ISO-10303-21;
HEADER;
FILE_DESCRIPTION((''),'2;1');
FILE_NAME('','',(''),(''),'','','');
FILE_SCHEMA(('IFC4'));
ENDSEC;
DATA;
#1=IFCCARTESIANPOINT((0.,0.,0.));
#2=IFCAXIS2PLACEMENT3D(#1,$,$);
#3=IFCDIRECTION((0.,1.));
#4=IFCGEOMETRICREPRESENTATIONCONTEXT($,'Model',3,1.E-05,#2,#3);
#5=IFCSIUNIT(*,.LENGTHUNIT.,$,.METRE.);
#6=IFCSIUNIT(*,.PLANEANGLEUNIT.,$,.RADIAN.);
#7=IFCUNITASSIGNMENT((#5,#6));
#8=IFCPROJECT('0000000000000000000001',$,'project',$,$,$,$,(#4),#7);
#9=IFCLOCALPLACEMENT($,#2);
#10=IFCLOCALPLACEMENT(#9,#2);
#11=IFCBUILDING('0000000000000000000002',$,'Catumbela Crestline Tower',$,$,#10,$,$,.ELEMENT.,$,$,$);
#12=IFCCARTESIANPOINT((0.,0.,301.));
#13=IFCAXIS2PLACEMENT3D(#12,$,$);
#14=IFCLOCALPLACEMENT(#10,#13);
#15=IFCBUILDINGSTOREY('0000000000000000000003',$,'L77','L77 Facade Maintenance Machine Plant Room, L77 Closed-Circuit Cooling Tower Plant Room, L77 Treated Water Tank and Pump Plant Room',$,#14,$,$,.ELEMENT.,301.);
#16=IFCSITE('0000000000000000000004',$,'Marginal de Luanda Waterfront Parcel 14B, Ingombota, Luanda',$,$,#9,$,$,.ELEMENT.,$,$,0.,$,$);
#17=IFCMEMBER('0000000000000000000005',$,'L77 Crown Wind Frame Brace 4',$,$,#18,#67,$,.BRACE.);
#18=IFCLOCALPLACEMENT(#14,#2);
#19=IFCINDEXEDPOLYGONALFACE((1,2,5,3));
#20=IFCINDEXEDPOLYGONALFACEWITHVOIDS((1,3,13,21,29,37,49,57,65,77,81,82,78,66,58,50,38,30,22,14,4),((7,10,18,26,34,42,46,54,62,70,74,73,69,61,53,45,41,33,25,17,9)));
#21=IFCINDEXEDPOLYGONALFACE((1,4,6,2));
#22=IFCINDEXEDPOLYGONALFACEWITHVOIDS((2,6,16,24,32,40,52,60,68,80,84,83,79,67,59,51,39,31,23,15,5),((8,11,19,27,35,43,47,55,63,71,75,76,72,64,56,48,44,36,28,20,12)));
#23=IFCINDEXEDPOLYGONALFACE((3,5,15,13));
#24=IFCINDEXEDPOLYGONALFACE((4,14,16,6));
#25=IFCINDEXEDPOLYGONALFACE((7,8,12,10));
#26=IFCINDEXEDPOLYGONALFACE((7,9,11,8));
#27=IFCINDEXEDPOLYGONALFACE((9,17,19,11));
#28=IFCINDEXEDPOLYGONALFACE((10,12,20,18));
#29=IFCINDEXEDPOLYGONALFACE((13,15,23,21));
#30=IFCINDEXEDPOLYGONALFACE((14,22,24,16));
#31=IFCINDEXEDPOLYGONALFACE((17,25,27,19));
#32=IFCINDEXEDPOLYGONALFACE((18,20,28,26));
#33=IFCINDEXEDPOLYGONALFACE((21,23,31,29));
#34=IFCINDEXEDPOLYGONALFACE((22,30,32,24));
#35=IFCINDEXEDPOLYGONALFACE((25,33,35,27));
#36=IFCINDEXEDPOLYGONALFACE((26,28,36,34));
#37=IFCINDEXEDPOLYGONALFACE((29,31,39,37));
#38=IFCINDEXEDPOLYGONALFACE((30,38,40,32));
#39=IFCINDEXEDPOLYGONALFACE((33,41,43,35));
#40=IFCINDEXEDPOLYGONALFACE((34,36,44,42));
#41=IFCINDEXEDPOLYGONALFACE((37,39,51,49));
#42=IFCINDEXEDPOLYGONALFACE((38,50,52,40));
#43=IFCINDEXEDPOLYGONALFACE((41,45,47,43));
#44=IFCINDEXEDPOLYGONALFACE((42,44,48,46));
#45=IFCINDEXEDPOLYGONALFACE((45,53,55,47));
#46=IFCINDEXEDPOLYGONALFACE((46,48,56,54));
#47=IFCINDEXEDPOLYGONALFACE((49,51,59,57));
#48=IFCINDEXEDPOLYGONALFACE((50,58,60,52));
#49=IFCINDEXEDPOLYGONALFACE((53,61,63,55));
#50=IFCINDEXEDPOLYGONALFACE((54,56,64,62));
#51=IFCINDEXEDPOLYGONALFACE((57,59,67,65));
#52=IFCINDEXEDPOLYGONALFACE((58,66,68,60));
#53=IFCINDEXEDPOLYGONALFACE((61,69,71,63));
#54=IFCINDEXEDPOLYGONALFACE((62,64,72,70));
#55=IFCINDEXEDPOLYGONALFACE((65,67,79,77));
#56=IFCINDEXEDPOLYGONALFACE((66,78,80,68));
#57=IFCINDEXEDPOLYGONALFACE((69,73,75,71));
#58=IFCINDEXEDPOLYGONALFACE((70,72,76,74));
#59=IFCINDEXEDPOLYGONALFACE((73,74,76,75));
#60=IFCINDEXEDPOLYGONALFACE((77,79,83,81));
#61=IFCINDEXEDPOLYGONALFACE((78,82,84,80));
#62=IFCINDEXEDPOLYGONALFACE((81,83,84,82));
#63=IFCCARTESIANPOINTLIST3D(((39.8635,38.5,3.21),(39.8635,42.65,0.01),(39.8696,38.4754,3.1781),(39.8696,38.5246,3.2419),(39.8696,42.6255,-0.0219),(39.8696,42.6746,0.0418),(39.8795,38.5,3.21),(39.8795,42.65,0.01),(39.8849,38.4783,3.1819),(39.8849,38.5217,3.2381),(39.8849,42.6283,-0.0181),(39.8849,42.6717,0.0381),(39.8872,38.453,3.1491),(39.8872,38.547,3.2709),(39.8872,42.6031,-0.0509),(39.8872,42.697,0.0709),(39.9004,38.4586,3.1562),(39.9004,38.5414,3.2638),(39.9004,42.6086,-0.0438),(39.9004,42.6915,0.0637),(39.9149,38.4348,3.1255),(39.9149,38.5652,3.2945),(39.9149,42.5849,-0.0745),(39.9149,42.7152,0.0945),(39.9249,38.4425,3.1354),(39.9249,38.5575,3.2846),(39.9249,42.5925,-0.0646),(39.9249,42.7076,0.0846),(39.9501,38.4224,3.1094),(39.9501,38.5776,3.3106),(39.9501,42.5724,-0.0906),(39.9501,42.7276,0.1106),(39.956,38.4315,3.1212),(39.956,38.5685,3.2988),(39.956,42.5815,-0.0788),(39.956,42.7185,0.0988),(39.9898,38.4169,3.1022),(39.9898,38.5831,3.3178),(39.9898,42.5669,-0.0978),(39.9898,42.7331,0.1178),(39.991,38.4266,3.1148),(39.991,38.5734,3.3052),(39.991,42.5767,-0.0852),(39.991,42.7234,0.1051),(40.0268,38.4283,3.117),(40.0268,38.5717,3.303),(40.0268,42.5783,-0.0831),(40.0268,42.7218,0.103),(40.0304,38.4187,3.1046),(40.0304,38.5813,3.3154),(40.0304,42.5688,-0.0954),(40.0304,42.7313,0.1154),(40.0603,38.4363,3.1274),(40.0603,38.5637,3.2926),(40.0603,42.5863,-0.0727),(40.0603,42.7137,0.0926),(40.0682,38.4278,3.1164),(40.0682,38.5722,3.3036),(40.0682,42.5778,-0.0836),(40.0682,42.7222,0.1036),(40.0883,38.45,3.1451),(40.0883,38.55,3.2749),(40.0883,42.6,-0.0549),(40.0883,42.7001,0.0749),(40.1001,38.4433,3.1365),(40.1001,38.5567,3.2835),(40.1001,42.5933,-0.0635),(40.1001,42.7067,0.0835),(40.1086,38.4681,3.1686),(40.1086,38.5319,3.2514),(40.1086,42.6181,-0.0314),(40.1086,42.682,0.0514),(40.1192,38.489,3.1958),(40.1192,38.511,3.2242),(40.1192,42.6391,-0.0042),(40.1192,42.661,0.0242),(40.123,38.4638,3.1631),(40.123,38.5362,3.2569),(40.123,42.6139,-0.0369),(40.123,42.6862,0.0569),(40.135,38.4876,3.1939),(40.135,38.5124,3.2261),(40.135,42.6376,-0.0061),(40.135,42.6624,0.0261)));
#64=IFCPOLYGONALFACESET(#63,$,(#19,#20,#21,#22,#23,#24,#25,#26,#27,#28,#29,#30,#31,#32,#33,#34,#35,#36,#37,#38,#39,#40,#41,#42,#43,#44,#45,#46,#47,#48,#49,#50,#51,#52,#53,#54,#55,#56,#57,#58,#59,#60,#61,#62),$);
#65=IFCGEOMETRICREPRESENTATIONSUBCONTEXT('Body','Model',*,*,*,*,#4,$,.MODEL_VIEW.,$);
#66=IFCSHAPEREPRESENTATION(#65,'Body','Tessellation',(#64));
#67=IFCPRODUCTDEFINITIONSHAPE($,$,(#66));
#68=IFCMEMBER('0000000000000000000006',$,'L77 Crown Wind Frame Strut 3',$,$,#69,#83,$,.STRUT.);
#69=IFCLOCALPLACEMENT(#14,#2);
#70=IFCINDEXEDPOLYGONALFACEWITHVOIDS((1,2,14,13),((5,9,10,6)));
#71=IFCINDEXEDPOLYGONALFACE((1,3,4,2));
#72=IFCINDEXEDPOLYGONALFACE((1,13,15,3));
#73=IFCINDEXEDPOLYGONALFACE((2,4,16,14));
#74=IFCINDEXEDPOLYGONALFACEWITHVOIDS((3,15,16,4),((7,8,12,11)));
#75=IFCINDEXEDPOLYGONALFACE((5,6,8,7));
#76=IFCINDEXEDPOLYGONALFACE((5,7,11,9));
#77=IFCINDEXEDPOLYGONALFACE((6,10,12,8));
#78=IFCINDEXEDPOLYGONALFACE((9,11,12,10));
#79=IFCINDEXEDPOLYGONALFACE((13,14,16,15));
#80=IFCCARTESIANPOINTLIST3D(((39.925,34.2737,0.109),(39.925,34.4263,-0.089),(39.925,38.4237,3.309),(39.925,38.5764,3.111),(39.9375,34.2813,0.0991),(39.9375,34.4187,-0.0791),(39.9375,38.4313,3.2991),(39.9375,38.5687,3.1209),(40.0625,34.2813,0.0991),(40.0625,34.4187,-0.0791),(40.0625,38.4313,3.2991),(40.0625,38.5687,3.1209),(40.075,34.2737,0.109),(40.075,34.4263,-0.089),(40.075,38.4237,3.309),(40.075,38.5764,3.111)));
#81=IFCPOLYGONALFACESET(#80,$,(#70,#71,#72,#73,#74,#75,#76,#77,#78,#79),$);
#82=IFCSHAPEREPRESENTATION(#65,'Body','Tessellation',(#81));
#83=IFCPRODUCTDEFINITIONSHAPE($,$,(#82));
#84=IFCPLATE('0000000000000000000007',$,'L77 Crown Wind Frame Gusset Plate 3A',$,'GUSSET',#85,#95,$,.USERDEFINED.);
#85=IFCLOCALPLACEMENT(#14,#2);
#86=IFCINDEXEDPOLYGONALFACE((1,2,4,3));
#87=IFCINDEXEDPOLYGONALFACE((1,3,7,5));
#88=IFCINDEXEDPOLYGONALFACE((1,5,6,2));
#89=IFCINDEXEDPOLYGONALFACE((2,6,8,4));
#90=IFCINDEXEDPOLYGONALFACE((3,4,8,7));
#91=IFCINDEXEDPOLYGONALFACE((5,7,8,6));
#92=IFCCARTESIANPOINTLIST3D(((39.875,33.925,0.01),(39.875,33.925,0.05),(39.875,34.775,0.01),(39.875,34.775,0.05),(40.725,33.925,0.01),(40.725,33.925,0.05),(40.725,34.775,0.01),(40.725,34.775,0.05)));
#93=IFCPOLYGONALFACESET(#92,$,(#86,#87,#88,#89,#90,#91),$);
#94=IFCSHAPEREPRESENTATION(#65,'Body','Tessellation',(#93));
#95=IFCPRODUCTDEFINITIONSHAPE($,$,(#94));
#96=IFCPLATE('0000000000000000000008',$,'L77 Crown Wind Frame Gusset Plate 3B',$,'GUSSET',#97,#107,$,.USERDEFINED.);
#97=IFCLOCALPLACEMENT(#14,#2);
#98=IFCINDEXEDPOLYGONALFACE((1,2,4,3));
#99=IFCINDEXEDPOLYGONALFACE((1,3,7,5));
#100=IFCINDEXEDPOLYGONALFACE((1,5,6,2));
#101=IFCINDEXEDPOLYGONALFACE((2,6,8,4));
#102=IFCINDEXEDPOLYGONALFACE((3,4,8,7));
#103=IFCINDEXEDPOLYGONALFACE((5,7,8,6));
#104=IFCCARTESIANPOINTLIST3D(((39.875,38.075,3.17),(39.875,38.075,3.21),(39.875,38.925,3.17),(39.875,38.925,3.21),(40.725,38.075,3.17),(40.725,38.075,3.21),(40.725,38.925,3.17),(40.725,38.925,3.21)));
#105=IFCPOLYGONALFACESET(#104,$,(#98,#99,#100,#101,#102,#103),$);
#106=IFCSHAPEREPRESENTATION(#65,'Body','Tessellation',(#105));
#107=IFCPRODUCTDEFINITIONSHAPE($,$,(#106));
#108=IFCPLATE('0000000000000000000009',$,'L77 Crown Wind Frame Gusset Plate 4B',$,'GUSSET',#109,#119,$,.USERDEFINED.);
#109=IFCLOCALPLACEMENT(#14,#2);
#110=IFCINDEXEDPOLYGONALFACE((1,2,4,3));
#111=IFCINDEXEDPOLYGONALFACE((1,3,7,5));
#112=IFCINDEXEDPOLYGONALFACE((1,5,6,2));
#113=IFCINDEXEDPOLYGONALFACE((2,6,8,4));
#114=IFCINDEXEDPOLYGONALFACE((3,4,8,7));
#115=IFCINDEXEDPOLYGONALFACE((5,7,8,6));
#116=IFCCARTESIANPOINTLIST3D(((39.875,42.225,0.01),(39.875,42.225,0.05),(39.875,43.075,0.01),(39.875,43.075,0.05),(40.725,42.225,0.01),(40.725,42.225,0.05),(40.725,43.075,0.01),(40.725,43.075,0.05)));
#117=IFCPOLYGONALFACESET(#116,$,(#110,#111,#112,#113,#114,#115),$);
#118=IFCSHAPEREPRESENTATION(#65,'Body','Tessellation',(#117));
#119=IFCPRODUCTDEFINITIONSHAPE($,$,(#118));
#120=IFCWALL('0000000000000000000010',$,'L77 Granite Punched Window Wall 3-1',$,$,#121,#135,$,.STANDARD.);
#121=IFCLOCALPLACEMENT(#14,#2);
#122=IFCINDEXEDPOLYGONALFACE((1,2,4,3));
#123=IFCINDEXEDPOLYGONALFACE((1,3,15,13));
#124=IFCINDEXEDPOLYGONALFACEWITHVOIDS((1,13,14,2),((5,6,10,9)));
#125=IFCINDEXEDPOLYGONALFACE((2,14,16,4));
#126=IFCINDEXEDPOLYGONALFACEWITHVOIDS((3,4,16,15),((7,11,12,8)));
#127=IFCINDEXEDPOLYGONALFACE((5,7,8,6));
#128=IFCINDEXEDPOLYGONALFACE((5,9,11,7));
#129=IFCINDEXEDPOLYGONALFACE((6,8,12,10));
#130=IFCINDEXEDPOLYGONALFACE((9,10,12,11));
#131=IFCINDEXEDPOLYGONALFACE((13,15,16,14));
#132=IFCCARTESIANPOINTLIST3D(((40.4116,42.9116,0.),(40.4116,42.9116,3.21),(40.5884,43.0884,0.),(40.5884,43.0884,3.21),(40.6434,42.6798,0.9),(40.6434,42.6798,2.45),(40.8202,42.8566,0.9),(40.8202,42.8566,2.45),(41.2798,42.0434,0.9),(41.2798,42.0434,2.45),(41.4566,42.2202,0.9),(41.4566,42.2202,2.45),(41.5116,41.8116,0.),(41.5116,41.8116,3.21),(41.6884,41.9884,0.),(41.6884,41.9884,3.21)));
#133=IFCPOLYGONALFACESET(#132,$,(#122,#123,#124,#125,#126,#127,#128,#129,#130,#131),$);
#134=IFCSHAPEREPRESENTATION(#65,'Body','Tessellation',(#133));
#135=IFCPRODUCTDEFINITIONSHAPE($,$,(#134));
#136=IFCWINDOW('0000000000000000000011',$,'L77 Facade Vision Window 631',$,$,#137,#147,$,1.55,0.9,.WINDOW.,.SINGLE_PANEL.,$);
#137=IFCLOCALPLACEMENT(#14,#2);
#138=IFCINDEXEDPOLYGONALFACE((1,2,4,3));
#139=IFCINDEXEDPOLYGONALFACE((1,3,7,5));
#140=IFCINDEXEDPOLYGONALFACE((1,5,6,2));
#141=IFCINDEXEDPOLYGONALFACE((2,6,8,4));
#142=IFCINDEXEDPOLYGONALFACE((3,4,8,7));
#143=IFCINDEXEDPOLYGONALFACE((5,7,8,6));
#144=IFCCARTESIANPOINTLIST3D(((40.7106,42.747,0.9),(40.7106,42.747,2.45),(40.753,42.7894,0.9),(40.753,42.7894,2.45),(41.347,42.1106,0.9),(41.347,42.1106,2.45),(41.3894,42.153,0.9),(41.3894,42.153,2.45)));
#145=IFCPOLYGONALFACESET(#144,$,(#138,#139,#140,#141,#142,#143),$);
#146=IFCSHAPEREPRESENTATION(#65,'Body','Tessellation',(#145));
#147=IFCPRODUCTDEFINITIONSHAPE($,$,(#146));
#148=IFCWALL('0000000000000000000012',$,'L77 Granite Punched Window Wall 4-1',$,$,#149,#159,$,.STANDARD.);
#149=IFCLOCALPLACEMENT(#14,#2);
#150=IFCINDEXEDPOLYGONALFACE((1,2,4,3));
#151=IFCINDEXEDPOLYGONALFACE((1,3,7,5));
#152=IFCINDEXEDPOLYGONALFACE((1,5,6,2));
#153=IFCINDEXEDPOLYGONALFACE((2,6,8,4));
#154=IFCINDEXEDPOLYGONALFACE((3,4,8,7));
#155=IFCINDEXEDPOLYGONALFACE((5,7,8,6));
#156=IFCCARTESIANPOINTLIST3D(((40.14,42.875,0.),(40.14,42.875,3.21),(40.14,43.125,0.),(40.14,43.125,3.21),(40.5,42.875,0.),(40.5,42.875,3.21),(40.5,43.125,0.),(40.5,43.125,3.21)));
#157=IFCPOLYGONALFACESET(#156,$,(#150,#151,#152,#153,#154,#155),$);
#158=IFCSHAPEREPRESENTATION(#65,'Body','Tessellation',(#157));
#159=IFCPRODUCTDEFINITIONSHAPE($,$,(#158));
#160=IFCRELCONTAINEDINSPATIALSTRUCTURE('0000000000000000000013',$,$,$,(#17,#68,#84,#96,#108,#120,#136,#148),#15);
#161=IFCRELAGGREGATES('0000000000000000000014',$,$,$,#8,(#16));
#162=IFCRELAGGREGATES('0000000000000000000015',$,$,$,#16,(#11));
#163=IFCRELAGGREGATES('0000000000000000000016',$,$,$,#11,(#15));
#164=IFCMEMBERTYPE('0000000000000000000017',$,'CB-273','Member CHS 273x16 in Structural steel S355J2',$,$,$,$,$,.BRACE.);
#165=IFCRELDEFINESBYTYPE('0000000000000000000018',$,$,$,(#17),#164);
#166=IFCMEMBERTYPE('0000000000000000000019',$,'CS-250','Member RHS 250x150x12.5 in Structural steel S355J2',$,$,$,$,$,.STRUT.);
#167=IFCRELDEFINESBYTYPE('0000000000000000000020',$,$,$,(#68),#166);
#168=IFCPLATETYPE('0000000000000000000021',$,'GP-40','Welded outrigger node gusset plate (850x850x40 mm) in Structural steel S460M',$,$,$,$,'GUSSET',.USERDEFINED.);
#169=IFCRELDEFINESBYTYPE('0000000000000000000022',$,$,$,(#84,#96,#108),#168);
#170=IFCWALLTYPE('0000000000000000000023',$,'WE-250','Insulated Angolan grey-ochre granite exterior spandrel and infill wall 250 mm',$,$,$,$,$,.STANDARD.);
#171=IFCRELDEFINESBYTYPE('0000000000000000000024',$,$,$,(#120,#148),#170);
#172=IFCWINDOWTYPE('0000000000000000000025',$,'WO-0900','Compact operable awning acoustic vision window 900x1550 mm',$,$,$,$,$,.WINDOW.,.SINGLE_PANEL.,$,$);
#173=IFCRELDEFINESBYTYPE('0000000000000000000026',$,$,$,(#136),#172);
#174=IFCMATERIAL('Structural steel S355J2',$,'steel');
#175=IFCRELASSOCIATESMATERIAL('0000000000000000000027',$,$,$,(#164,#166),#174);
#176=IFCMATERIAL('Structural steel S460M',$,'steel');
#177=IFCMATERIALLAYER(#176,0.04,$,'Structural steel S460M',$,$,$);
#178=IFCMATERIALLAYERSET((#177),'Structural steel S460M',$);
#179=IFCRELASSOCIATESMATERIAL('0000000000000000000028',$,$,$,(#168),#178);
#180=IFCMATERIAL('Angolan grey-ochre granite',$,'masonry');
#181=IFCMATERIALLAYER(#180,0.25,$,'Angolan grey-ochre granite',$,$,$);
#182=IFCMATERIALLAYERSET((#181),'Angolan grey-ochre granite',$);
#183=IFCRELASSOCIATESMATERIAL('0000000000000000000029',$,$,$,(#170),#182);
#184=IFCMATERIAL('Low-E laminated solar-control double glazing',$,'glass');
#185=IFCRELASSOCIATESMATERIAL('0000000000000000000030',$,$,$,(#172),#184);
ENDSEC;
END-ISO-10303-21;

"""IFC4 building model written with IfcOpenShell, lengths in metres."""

from ifc_helpers import new_model, si_unit, direction, frame, frame_2d, origin, origin_2d, place, context, subcontext, project, spatial, rectangle, hollow_rectangle, hollow_circle, extrude, material, layer, layer_set, material_profile, profile_set, type_object, element, fill, save


model = new_model("IFC4")

# Units and contexts
model_context = context("Model", 3, precision=1e-05, world=origin(), true_north=direction((0.0, 1.0)))
body_context = subcontext(model_context, "Body", "Model", "MODEL_VIEW")
ifc_project = project(units=[si_unit("LENGTHUNIT", "METRE"), si_unit("PLANEANGLEUNIT", "RADIAN")], contexts=[model_context])

# Site, building, storey
site_placement = place(None, origin())
site = spatial("IfcSite", under=ifc_project, at=site_placement, Name="Marginal de Luanda Waterfront Parcel 14B, Ingombota, Luanda", CompositionType="ELEMENT", RefElevation=0.0)
building_placement = place(site_placement, origin())
building = spatial("IfcBuilding", under=site, at=building_placement, Name="Catumbela Crestline Tower", CompositionType="ELEMENT")
storey_placement = place(building_placement, frame((0.0, 0.0, 301.0)))
storey = spatial("IfcBuildingStorey", under=building, at=storey_placement, Name="L77", Description="L77 Facade Maintenance Machine Plant Room, L77 Closed-Circuit Cooling Tower Plant Room, L77 Treated Water Tank and Pump Plant Room", CompositionType="ELEMENT", Elevation=301.0)

# Members
ifc_material_1 = material(Name="Structural steel S355J2", Category="steel")
ifc_material_profile_1 = material_profile(ifc_material_1, hollow_circle(Radius=0.1365, WallThickness=0.016, at=origin_2d()), Name="CHS 273x16")
ifc_profile_set_1 = profile_set([ifc_material_profile_1], Name="Structural steel S355J2")
member_type_1 = type_object("IfcMemberType", Name="CB-273", Description="Member CHS 273x16 in Structural steel S355J2", PredefinedType="BRACE", material=ifc_profile_set_1)
member_1_placement = place(storey_placement, frame((40.0, 38.5, 3.21), z_axis=(0.0, 0.791914, -0.610633), x_axis=(-1.0, 0.0, 0.0)))
element("IfcMember", 1, at=member_1_placement, inside=storey, type_object=member_type_1, Name="L77 Crown Wind Frame Brace 4", PredefinedType="BRACE", context=body_context, shape_type="SweptSolid", body=[
    extrude(hollow_circle(Radius=0.1365, WallThickness=0.016, at=origin_2d()), origin(), (0.0, 0.0, 1.0), 5.2405),
])
ifc_material_profile_2 = material_profile(ifc_material_1, hollow_rectangle(XDim=0.15, YDim=0.25, WallThickness=0.0125, at=origin_2d()), Name="RHS 250x150x12.5")
ifc_profile_set_2 = profile_set([ifc_material_profile_2], Name="Structural steel S355J2")
member_type_2 = type_object("IfcMemberType", Name="CS-250", Description="Member RHS 250x150x12.5 in Structural steel S355J2", PredefinedType="STRUT", material=ifc_profile_set_2)
member_2_placement = place(storey_placement, frame((40.0, 34.35, 0.01), z_axis=(0.0, 0.791914, 0.610633), x_axis=(-1.0, 0.0, 0.0)))
element("IfcMember", 2, at=member_2_placement, inside=storey, type_object=member_type_2, Name="L77 Crown Wind Frame Strut 3", PredefinedType="STRUT", context=body_context, shape_type="SweptSolid", body=[
    extrude(hollow_rectangle(XDim=0.15, YDim=0.25, WallThickness=0.0125, at=origin_2d()), origin(), (0.0, 0.0, 1.0), 5.2405),
])

# Plates
ifc_material_2 = material(Name="Structural steel S460M", Category="steel")
ifc_layer_1 = layer(ifc_material_2, 0.04, Name="Structural steel S460M")
ifc_layer_set_1 = layer_set([ifc_layer_1], Name="Structural steel S460M")
plate_type = type_object("IfcPlateType", Name="GP-40", Description="Welded outrigger node gusset plate (850x850x40 mm) in Structural steel S460M", ElementType="GUSSET", PredefinedType="USERDEFINED", material=ifc_layer_set_1)
for number, where, z_axis, x_axis, name in (
    (3, (40.3, 34.35, 0.01), (0.0, 0.0, 1.0), (1.0, 0.0, 0.0), "L77 Crown Wind Frame Gusset Plate 3A"),
    (4, (40.3, 38.5, 3.17), (0.0, 0.0, 1.0), (1.0, 0.0, 0.0), "L77 Crown Wind Frame Gusset Plate 3B"),
    (5, (40.3, 42.65, 0.01), (0.0, 0.0, 1.0), (1.0, 0.0, 0.0), "L77 Crown Wind Frame Gusset Plate 4B"),
):
    element("IfcPlate", number, at=place(storey_placement, frame(where, z_axis=z_axis, x_axis=x_axis)), inside=storey, type_object=plate_type, Name=name, ObjectType="GUSSET", PredefinedType="USERDEFINED", context=body_context, shape_type="SweptSolid", body=[
        extrude(rectangle(XDim=0.85, YDim=0.85, at=origin_2d()), origin(), (0.0, 0.0, 1.0), 0.04),
    ])

# Wall, opening, window
ifc_material_3 = material(Name="Angolan grey-ochre granite", Category="masonry")
ifc_layer_2 = layer(ifc_material_3, 0.25, Name="Angolan grey-ochre granite")
ifc_layer_set_2 = layer_set([ifc_layer_2], Name="Angolan grey-ochre granite")
wall_type = type_object("IfcWallType", Name="WE-250", Description="Insulated Angolan grey-ochre granite exterior spandrel and infill wall 250 mm", PredefinedType="STANDARD", material=ifc_layer_set_2)
wall_1_placement = place(storey_placement, frame((41.6, 41.9, 0.0), z_axis=(0.0, 0.0, 1.0), x_axis=(-0.707107, 0.707107, 0.0)))
wall_1 = element("IfcWall", 6, at=wall_1_placement, inside=storey, type_object=wall_type, Name="L77 Granite Punched Window Wall 3-1", PredefinedType="STANDARD", context=body_context, shape_type="SweptSolid", body=[
    extrude(rectangle(XDim=1.5556, YDim=0.25, at=frame_2d((0.7778, 0.0))), origin(), (0.0, 0.0, 1.0), 3.21),
])
opening_placement = place(wall_1_placement, frame((0.3278, 0.0, 0.9)))
opening = element("IfcOpeningElement", 7, at=opening_placement, cuts=wall_1, PredefinedType="OPENING", context=body_context, shape_type="SweptSolid", body=[
    extrude(rectangle(XDim=0.9, YDim=1.55, at=frame_2d((0.45, 0.775))), frame((0.0, 0.135, 0.0), z_axis=(0.0, -1.0, 0.0), x_axis=(1.0, 0.0, 0.0)), (0.0, 0.0, 1.0), 0.27),
])
ifc_material_4 = material(Name="Low-E laminated solar-control double glazing", Category="glass")
window_type = type_object("IfcWindowType", Name="WO-0900", Description="Compact operable awning acoustic vision window 900x1550 mm", PartitioningType="SINGLE_PANEL", PredefinedType="WINDOW", material=ifc_material_4)
window_placement = place(opening_placement, origin())
window = element("IfcWindow", 8, at=window_placement, inside=storey, type_object=window_type, Name="L77 Facade Vision Window 631", OverallHeight=1.55, OverallWidth=0.9, PartitioningType="SINGLE_PANEL", PredefinedType="WINDOW", context=body_context, shape_type="SweptSolid", body=[
    extrude(rectangle(XDim=0.9, YDim=1.55, at=frame_2d((0.45, 0.775))), frame((0.0, 0.03, 0.0), z_axis=(0.0, -1.0, 0.0), x_axis=(1.0, 0.0, 0.0)), (0.0, 0.0, 1.0), 0.06),
])
fill(opening, window)

# Wall
wall_2_placement = place(storey_placement, frame((40.5, 43.0, 0.0), z_axis=(0.0, 0.0, 1.0), x_axis=(-1.0, 0.0, 0.0)))
element("IfcWall", 9, at=wall_2_placement, inside=storey, type_object=wall_type, Name="L77 Granite Punched Window Wall 4-1", PredefinedType="STANDARD", context=body_context, shape_type="SweptSolid", body=[
    extrude(rectangle(XDim=0.36, YDim=0.25, at=frame_2d((0.18, 0.0))), origin(), (0.0, 0.0, 1.0), 3.21),
])

save(model, "model.ifc")
